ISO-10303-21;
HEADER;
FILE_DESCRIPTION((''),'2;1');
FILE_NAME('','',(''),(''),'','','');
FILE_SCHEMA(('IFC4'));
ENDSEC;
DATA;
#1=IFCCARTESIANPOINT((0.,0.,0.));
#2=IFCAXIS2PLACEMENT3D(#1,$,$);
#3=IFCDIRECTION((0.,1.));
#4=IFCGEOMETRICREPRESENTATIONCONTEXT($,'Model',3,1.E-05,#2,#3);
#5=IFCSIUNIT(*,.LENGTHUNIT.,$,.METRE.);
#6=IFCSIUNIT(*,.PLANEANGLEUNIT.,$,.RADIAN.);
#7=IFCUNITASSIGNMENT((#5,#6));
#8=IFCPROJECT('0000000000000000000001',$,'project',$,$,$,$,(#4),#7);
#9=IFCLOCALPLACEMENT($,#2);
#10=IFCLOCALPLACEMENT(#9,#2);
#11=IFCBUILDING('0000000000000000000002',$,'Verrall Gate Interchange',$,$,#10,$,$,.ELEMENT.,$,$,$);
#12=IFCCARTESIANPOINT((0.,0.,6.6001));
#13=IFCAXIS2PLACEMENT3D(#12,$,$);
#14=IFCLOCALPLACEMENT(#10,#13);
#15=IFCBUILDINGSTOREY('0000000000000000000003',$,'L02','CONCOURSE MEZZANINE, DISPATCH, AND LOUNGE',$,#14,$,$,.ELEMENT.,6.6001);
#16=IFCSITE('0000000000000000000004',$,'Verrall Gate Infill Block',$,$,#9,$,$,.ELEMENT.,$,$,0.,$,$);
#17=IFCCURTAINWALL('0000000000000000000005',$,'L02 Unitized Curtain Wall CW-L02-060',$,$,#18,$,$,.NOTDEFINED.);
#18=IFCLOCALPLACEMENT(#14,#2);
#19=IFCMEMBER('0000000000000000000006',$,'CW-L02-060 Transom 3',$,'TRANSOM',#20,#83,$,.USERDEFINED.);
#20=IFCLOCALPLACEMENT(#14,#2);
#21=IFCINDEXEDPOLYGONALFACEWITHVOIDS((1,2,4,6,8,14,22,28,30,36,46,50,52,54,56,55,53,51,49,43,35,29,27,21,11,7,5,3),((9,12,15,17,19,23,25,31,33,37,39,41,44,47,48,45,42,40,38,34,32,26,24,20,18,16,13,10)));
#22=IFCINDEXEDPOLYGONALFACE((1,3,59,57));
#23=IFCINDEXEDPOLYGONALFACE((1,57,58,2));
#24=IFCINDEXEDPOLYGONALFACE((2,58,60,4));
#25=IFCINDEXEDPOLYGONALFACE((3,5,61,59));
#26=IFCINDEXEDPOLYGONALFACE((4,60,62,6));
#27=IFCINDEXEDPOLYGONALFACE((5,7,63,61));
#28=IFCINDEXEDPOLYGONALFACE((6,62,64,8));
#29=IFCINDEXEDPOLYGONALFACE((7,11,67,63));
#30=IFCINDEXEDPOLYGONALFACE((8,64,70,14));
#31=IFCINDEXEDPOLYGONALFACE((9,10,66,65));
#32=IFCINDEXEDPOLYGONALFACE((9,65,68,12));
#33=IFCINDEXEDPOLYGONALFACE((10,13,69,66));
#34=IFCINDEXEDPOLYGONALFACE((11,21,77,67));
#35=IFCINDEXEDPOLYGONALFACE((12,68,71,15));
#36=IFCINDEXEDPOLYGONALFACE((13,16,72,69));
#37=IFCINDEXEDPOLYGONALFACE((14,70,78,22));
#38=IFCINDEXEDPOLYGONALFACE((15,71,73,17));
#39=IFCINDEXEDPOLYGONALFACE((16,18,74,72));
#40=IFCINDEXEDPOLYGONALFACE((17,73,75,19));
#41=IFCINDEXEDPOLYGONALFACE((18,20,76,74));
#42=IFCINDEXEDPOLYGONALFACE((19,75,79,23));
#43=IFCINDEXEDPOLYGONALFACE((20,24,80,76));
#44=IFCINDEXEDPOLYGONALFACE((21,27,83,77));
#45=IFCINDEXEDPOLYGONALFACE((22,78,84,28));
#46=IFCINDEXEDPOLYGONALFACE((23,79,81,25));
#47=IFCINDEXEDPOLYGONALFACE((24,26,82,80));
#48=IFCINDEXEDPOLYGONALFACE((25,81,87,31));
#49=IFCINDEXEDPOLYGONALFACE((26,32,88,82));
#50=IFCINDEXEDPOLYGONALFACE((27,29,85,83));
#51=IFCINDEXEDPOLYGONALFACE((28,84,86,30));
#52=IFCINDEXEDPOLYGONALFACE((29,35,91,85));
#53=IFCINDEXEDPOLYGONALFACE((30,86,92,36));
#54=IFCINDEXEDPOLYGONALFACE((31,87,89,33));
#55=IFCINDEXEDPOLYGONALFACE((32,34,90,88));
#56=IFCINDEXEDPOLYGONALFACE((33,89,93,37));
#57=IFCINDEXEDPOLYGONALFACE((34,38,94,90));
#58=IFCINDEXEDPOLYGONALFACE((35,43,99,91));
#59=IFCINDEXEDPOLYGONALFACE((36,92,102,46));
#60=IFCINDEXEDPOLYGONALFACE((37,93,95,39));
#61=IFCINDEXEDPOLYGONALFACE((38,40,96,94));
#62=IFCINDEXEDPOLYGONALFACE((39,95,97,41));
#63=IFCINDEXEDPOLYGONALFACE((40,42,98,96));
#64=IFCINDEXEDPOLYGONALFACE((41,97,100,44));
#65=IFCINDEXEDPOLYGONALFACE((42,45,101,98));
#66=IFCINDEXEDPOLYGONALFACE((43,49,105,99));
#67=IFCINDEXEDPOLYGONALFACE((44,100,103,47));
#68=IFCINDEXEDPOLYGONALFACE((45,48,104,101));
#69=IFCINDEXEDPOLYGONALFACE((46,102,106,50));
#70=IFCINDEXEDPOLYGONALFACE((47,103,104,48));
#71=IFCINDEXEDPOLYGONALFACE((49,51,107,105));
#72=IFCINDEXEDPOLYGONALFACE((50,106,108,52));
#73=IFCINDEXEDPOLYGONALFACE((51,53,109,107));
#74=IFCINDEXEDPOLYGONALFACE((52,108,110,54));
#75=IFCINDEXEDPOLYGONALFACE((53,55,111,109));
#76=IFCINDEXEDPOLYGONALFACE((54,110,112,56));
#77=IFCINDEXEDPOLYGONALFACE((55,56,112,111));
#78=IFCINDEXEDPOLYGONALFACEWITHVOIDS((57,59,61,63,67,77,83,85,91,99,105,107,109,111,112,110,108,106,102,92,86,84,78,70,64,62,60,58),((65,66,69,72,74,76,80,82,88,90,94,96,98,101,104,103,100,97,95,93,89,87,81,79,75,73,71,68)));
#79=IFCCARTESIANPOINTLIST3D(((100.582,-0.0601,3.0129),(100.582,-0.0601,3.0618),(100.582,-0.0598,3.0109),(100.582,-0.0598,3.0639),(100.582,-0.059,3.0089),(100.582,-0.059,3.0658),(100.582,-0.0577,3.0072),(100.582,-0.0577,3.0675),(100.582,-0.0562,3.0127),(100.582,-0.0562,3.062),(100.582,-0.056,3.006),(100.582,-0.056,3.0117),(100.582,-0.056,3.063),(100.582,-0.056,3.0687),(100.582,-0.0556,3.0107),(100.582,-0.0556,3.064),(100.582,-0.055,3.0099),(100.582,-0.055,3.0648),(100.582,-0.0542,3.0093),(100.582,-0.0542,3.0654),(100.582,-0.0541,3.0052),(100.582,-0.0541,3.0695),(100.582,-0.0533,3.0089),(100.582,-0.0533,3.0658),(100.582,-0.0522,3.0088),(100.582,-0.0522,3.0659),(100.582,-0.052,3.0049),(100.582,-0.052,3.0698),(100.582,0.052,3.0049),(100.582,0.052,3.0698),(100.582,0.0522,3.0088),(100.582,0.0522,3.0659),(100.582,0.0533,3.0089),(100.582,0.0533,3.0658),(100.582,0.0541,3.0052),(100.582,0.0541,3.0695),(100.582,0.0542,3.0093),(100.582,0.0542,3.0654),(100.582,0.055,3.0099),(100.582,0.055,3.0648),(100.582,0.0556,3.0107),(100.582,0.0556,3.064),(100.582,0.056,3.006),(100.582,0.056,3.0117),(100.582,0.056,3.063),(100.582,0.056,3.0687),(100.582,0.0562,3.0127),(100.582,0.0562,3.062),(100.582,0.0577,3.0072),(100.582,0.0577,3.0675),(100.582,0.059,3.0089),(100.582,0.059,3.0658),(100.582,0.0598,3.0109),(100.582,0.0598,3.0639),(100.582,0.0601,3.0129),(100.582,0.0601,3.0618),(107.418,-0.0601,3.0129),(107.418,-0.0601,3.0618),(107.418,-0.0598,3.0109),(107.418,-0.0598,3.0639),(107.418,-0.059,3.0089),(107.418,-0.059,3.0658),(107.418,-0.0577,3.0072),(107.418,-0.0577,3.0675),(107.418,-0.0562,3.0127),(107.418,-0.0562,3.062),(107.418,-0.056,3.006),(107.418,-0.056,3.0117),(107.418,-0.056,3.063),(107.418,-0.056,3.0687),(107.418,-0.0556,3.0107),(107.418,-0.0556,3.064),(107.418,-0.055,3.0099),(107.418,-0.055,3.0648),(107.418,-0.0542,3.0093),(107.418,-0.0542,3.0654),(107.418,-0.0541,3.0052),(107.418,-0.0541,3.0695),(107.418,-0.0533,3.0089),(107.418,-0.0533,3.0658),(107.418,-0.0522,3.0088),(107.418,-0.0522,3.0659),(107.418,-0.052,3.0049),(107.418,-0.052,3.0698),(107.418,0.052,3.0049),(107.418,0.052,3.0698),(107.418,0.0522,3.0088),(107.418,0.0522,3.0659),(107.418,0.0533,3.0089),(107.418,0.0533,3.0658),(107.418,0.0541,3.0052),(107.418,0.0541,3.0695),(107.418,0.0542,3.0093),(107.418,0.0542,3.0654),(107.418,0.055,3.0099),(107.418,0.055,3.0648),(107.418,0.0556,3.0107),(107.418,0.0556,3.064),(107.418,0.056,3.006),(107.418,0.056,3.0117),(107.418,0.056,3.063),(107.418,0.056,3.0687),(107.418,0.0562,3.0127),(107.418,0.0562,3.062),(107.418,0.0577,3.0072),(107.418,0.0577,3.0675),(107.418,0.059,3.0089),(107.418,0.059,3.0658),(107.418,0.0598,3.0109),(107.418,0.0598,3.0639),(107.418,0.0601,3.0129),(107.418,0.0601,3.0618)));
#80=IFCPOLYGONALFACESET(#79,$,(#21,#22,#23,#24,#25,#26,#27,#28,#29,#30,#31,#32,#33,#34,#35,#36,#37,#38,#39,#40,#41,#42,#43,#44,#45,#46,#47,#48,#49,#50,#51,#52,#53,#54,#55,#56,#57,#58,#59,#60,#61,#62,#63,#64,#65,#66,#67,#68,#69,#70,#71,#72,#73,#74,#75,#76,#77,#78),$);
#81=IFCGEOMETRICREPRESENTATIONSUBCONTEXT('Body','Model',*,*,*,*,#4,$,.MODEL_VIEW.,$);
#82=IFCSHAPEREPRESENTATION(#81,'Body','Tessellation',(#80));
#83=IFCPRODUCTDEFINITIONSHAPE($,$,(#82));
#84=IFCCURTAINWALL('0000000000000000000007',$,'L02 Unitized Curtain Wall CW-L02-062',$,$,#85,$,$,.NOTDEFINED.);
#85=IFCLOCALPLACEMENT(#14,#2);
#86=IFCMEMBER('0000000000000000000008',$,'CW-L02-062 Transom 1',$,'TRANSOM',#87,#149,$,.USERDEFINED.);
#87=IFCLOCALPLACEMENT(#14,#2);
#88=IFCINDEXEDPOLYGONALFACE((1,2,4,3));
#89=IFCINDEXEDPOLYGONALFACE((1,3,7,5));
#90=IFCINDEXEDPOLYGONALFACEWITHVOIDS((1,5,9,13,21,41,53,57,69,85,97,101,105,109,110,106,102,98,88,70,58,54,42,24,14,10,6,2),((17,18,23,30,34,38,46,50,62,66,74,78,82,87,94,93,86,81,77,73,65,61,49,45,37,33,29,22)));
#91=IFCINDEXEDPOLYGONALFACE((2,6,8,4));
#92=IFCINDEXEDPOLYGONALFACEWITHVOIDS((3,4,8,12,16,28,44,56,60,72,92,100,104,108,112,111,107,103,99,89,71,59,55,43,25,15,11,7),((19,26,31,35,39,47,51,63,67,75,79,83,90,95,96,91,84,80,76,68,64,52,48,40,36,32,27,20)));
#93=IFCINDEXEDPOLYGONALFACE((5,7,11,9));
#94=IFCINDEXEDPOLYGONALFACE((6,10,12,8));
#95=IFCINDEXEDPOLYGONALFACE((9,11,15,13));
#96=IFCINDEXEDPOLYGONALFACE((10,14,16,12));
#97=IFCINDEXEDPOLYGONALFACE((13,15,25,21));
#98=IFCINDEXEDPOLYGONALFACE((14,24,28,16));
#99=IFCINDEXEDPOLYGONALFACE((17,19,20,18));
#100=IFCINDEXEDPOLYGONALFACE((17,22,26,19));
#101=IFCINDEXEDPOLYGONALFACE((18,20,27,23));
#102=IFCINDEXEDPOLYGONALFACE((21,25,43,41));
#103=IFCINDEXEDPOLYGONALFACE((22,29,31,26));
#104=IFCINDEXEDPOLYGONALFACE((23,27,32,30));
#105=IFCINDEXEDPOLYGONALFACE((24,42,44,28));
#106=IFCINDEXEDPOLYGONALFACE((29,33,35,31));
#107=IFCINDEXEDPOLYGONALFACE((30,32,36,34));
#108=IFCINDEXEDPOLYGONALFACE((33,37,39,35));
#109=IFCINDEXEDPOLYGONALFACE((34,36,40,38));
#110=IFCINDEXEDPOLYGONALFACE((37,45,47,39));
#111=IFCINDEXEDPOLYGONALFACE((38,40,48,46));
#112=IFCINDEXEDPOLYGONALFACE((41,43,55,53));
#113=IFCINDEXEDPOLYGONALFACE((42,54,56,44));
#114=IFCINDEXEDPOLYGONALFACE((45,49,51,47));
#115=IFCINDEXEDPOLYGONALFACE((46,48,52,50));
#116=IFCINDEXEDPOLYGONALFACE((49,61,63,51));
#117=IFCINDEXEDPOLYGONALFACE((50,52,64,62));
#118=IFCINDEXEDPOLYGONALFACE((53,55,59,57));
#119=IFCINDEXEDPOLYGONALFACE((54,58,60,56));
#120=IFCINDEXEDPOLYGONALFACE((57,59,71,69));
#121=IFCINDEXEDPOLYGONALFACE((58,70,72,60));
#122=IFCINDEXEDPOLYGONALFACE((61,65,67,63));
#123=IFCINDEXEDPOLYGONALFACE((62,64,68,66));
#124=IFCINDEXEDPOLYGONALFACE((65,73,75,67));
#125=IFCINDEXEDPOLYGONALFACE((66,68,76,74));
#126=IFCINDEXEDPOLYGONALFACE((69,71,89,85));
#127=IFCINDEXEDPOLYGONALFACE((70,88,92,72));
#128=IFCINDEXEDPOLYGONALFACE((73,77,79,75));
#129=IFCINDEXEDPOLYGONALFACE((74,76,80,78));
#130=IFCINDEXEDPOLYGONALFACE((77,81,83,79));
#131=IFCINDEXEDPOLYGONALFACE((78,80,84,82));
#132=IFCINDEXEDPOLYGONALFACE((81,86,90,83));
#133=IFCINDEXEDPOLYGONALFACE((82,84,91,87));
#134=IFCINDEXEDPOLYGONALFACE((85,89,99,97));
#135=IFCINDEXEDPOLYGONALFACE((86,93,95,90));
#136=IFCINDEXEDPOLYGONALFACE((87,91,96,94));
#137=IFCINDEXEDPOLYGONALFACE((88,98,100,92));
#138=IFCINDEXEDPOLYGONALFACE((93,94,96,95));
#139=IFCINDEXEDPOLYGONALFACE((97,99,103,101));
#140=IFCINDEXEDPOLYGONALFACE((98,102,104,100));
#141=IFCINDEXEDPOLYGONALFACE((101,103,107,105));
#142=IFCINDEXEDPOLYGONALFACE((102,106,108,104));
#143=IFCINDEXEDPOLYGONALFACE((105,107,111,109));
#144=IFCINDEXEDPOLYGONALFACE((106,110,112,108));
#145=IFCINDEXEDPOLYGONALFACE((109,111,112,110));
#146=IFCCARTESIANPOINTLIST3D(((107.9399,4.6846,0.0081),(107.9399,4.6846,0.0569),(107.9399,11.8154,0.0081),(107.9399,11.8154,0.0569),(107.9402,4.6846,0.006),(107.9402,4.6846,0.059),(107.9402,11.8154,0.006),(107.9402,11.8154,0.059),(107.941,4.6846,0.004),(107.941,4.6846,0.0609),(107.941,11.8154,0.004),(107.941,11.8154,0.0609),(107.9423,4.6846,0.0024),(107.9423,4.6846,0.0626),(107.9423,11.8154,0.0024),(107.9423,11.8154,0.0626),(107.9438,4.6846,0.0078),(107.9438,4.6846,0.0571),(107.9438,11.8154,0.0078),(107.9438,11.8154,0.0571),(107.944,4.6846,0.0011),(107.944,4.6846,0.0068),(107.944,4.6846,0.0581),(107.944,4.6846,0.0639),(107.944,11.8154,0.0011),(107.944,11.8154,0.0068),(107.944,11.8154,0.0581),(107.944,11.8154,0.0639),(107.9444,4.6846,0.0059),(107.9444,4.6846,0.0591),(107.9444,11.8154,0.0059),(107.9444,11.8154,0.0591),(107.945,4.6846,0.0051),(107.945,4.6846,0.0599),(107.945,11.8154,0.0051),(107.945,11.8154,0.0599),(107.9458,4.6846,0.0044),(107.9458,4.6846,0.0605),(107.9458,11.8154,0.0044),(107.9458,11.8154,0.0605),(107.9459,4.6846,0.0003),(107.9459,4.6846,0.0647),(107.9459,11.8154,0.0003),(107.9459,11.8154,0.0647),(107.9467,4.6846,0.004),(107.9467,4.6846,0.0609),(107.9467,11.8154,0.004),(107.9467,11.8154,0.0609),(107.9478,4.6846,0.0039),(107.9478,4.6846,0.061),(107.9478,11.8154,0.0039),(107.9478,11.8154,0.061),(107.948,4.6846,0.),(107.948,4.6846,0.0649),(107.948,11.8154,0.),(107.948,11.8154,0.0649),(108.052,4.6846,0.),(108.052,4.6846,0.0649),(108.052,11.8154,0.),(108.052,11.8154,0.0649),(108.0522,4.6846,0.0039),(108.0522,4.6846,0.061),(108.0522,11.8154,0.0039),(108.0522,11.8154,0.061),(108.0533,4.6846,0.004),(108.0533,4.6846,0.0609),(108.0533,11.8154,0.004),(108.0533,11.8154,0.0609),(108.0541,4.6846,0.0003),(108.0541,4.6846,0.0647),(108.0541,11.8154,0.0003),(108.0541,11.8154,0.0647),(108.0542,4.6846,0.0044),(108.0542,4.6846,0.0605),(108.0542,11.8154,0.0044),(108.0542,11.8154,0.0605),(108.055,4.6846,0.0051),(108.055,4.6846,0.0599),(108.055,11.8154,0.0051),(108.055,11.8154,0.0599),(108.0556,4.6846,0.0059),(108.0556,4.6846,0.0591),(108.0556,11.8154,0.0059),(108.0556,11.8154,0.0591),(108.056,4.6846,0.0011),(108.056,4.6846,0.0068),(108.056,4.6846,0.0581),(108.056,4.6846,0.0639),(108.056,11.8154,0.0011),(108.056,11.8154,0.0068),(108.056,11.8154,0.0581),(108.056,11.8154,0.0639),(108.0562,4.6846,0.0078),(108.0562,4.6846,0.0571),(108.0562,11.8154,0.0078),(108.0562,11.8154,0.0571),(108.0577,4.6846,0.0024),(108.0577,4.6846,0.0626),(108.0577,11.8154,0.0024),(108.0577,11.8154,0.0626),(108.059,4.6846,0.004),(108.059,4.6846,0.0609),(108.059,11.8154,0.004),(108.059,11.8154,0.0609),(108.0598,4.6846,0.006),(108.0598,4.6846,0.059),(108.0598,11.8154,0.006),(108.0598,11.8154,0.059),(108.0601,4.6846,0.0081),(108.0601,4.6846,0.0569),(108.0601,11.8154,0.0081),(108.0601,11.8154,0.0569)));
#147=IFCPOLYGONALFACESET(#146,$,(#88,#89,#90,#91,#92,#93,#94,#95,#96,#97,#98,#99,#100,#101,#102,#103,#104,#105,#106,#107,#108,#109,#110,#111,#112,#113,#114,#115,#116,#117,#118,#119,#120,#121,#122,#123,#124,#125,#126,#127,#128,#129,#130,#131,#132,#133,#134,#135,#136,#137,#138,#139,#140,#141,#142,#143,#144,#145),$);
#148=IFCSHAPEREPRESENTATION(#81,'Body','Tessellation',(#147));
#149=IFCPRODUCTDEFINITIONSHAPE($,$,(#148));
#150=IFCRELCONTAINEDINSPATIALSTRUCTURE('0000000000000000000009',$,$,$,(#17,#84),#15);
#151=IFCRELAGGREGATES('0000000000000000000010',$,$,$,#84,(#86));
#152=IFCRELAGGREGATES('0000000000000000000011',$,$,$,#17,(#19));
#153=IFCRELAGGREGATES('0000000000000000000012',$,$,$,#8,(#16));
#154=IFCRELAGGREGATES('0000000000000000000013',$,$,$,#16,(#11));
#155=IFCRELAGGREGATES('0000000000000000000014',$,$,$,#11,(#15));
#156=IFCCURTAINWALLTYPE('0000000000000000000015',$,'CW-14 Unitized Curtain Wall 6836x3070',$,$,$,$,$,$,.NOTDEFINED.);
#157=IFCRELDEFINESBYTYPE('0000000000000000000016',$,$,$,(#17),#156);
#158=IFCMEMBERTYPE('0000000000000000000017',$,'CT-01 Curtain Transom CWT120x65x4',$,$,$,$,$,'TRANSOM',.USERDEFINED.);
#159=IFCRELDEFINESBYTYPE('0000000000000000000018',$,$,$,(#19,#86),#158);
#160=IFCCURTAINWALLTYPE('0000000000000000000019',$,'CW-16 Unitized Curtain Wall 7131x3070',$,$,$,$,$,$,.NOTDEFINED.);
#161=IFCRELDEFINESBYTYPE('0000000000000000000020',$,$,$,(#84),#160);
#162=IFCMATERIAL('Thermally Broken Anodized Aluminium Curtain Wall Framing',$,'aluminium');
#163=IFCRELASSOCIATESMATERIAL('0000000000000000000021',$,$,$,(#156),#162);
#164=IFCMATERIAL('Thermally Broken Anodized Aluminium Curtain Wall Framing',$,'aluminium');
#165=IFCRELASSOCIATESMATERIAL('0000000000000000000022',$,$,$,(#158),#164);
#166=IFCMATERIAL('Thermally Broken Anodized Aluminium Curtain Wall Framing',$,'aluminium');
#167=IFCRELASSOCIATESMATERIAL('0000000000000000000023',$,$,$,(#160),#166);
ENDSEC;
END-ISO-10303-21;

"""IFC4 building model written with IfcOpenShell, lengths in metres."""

from ifc_helpers import new_model, si_unit, direction, frame, origin, origin_2d, place, context, subcontext, project, spatial, hollow_rectangle, extrude, material, material_profile, profile_set, type_object, element, aggregate, save


model = new_model("IFC4")

# Units and contexts
model_context = context("Model", 3, precision=1e-05, world=origin(), true_north=direction((0.0, 1.0)))
body_context = subcontext(model_context, "Body", "Model", "MODEL_VIEW")
ifc_project = project(units=[si_unit("LENGTHUNIT", "METRE"), si_unit("PLANEANGLEUNIT", "RADIAN")], contexts=[model_context])

# Site, building, storey
site_placement = place(None, origin())
site = spatial("IfcSite", under=ifc_project, at=site_placement, Name="Verrall Gate Infill Block", CompositionType="ELEMENT", RefElevation=0.0)
building_placement = place(site_placement, origin())
building = spatial("IfcBuilding", under=site, at=building_placement, Name="Verrall Gate Interchange", CompositionType="ELEMENT")
storey_placement = place(building_placement, frame((0.0, 0.0, 6.6001)))
storey = spatial("IfcBuildingStorey", under=building, at=storey_placement, Name="L02", Description="CONCOURSE MEZZANINE, DISPATCH, AND LOUNGE", CompositionType="ELEMENT", Elevation=6.6001)

# Curtain wall
ifc_material_1 = material(Name="Thermally Broken Anodized Aluminium Curtain Wall Framing", Category="aluminium")
curtain_wall_type_1 = type_object("IfcCurtainWallType", Name="CW-14 Unitized Curtain Wall 6836x3070", PredefinedType="NOTDEFINED", material=ifc_material_1)
curtain_wall_1_placement = place(storey_placement, origin())
curtain_wall_1 = element("IfcCurtainWall", 1, at=curtain_wall_1_placement, inside=storey, type_object=curtain_wall_type_1, Name="L02 Unitized Curtain Wall CW-L02-060", PredefinedType="NOTDEFINED")

# Member
ifc_material_2 = material(Name="Thermally Broken Anodized Aluminium Curtain Wall Framing", Category="aluminium")
ifc_material_profile_1 = material_profile(ifc_material_2, hollow_rectangle(XDim=0.1201, YDim=0.0649, WallThickness=0.0039, InnerFilletRadius=0.0039, OuterFilletRadius=0.0081, at=origin_2d()), Name="CWT120x65x4")
ifc_profile_set_1 = profile_set([ifc_material_profile_1], Name="Thermally Broken Anodized Aluminium Curtain Wall Framing")
member_type_1 = type_object("IfcMemberType", Name="CT-01 Curtain Transom CWT120x65x4", ElementType="TRANSOM", PredefinedType="USERDEFINED", material=ifc_profile_set_1)
member_1_placement = place(storey_placement, frame((100.582, 0.0, 3.0374), z_axis=(1.0, 0.0, 0.0), x_axis=(0.0, 1.0, 0.0)))
member_1 = element("IfcMember", 2, at=member_1_placement, type_object=member_type_1, Name="CW-L02-060 Transom 3", ObjectType="TRANSOM", PredefinedType="USERDEFINED", context=body_context, shape_type="SweptSolid", body=[
    extrude(hollow_rectangle(XDim=0.1201, YDim=0.0649, WallThickness=0.0039, InnerFilletRadius=0.0039, OuterFilletRadius=0.0081, at=origin_2d()), origin(), (0.0, 0.0, 1.0), 6.8359),
])

# Curtain wall, member
ifc_material_3 = material(Name="Thermally Broken Anodized Aluminium Curtain Wall Framing", Category="aluminium")
curtain_wall_type_2 = type_object("IfcCurtainWallType", Name="CW-16 Unitized Curtain Wall 7131x3070", PredefinedType="NOTDEFINED", material=ifc_material_3)
curtain_wall_2_placement = place(storey_placement, origin())
curtain_wall_2 = element("IfcCurtainWall", 3, at=curtain_wall_2_placement, inside=storey, type_object=curtain_wall_type_2, Name="L02 Unitized Curtain Wall CW-L02-062", PredefinedType="NOTDEFINED")
member_2_placement = place(storey_placement, frame((108.0, 4.6846, 0.0325), z_axis=(0.0, 1.0, 0.0), x_axis=(-1.0, 0.0, 0.0)))
member_2 = element("IfcMember", 4, at=member_2_placement, type_object=member_type_1, Name="CW-L02-062 Transom 1", ObjectType="TRANSOM", PredefinedType="USERDEFINED", context=body_context, shape_type="SweptSolid", body=[
    extrude(hollow_rectangle(XDim=0.1201, YDim=0.0649, WallThickness=0.0039, InnerFilletRadius=0.0039, OuterFilletRadius=0.0081, at=origin_2d()), origin(), (0.0, 0.0, 1.0), 7.1309),
])
aggregate(curtain_wall_2, [member_2])

aggregate(curtain_wall_1, [member_1])

save(model, "model.ifc")
